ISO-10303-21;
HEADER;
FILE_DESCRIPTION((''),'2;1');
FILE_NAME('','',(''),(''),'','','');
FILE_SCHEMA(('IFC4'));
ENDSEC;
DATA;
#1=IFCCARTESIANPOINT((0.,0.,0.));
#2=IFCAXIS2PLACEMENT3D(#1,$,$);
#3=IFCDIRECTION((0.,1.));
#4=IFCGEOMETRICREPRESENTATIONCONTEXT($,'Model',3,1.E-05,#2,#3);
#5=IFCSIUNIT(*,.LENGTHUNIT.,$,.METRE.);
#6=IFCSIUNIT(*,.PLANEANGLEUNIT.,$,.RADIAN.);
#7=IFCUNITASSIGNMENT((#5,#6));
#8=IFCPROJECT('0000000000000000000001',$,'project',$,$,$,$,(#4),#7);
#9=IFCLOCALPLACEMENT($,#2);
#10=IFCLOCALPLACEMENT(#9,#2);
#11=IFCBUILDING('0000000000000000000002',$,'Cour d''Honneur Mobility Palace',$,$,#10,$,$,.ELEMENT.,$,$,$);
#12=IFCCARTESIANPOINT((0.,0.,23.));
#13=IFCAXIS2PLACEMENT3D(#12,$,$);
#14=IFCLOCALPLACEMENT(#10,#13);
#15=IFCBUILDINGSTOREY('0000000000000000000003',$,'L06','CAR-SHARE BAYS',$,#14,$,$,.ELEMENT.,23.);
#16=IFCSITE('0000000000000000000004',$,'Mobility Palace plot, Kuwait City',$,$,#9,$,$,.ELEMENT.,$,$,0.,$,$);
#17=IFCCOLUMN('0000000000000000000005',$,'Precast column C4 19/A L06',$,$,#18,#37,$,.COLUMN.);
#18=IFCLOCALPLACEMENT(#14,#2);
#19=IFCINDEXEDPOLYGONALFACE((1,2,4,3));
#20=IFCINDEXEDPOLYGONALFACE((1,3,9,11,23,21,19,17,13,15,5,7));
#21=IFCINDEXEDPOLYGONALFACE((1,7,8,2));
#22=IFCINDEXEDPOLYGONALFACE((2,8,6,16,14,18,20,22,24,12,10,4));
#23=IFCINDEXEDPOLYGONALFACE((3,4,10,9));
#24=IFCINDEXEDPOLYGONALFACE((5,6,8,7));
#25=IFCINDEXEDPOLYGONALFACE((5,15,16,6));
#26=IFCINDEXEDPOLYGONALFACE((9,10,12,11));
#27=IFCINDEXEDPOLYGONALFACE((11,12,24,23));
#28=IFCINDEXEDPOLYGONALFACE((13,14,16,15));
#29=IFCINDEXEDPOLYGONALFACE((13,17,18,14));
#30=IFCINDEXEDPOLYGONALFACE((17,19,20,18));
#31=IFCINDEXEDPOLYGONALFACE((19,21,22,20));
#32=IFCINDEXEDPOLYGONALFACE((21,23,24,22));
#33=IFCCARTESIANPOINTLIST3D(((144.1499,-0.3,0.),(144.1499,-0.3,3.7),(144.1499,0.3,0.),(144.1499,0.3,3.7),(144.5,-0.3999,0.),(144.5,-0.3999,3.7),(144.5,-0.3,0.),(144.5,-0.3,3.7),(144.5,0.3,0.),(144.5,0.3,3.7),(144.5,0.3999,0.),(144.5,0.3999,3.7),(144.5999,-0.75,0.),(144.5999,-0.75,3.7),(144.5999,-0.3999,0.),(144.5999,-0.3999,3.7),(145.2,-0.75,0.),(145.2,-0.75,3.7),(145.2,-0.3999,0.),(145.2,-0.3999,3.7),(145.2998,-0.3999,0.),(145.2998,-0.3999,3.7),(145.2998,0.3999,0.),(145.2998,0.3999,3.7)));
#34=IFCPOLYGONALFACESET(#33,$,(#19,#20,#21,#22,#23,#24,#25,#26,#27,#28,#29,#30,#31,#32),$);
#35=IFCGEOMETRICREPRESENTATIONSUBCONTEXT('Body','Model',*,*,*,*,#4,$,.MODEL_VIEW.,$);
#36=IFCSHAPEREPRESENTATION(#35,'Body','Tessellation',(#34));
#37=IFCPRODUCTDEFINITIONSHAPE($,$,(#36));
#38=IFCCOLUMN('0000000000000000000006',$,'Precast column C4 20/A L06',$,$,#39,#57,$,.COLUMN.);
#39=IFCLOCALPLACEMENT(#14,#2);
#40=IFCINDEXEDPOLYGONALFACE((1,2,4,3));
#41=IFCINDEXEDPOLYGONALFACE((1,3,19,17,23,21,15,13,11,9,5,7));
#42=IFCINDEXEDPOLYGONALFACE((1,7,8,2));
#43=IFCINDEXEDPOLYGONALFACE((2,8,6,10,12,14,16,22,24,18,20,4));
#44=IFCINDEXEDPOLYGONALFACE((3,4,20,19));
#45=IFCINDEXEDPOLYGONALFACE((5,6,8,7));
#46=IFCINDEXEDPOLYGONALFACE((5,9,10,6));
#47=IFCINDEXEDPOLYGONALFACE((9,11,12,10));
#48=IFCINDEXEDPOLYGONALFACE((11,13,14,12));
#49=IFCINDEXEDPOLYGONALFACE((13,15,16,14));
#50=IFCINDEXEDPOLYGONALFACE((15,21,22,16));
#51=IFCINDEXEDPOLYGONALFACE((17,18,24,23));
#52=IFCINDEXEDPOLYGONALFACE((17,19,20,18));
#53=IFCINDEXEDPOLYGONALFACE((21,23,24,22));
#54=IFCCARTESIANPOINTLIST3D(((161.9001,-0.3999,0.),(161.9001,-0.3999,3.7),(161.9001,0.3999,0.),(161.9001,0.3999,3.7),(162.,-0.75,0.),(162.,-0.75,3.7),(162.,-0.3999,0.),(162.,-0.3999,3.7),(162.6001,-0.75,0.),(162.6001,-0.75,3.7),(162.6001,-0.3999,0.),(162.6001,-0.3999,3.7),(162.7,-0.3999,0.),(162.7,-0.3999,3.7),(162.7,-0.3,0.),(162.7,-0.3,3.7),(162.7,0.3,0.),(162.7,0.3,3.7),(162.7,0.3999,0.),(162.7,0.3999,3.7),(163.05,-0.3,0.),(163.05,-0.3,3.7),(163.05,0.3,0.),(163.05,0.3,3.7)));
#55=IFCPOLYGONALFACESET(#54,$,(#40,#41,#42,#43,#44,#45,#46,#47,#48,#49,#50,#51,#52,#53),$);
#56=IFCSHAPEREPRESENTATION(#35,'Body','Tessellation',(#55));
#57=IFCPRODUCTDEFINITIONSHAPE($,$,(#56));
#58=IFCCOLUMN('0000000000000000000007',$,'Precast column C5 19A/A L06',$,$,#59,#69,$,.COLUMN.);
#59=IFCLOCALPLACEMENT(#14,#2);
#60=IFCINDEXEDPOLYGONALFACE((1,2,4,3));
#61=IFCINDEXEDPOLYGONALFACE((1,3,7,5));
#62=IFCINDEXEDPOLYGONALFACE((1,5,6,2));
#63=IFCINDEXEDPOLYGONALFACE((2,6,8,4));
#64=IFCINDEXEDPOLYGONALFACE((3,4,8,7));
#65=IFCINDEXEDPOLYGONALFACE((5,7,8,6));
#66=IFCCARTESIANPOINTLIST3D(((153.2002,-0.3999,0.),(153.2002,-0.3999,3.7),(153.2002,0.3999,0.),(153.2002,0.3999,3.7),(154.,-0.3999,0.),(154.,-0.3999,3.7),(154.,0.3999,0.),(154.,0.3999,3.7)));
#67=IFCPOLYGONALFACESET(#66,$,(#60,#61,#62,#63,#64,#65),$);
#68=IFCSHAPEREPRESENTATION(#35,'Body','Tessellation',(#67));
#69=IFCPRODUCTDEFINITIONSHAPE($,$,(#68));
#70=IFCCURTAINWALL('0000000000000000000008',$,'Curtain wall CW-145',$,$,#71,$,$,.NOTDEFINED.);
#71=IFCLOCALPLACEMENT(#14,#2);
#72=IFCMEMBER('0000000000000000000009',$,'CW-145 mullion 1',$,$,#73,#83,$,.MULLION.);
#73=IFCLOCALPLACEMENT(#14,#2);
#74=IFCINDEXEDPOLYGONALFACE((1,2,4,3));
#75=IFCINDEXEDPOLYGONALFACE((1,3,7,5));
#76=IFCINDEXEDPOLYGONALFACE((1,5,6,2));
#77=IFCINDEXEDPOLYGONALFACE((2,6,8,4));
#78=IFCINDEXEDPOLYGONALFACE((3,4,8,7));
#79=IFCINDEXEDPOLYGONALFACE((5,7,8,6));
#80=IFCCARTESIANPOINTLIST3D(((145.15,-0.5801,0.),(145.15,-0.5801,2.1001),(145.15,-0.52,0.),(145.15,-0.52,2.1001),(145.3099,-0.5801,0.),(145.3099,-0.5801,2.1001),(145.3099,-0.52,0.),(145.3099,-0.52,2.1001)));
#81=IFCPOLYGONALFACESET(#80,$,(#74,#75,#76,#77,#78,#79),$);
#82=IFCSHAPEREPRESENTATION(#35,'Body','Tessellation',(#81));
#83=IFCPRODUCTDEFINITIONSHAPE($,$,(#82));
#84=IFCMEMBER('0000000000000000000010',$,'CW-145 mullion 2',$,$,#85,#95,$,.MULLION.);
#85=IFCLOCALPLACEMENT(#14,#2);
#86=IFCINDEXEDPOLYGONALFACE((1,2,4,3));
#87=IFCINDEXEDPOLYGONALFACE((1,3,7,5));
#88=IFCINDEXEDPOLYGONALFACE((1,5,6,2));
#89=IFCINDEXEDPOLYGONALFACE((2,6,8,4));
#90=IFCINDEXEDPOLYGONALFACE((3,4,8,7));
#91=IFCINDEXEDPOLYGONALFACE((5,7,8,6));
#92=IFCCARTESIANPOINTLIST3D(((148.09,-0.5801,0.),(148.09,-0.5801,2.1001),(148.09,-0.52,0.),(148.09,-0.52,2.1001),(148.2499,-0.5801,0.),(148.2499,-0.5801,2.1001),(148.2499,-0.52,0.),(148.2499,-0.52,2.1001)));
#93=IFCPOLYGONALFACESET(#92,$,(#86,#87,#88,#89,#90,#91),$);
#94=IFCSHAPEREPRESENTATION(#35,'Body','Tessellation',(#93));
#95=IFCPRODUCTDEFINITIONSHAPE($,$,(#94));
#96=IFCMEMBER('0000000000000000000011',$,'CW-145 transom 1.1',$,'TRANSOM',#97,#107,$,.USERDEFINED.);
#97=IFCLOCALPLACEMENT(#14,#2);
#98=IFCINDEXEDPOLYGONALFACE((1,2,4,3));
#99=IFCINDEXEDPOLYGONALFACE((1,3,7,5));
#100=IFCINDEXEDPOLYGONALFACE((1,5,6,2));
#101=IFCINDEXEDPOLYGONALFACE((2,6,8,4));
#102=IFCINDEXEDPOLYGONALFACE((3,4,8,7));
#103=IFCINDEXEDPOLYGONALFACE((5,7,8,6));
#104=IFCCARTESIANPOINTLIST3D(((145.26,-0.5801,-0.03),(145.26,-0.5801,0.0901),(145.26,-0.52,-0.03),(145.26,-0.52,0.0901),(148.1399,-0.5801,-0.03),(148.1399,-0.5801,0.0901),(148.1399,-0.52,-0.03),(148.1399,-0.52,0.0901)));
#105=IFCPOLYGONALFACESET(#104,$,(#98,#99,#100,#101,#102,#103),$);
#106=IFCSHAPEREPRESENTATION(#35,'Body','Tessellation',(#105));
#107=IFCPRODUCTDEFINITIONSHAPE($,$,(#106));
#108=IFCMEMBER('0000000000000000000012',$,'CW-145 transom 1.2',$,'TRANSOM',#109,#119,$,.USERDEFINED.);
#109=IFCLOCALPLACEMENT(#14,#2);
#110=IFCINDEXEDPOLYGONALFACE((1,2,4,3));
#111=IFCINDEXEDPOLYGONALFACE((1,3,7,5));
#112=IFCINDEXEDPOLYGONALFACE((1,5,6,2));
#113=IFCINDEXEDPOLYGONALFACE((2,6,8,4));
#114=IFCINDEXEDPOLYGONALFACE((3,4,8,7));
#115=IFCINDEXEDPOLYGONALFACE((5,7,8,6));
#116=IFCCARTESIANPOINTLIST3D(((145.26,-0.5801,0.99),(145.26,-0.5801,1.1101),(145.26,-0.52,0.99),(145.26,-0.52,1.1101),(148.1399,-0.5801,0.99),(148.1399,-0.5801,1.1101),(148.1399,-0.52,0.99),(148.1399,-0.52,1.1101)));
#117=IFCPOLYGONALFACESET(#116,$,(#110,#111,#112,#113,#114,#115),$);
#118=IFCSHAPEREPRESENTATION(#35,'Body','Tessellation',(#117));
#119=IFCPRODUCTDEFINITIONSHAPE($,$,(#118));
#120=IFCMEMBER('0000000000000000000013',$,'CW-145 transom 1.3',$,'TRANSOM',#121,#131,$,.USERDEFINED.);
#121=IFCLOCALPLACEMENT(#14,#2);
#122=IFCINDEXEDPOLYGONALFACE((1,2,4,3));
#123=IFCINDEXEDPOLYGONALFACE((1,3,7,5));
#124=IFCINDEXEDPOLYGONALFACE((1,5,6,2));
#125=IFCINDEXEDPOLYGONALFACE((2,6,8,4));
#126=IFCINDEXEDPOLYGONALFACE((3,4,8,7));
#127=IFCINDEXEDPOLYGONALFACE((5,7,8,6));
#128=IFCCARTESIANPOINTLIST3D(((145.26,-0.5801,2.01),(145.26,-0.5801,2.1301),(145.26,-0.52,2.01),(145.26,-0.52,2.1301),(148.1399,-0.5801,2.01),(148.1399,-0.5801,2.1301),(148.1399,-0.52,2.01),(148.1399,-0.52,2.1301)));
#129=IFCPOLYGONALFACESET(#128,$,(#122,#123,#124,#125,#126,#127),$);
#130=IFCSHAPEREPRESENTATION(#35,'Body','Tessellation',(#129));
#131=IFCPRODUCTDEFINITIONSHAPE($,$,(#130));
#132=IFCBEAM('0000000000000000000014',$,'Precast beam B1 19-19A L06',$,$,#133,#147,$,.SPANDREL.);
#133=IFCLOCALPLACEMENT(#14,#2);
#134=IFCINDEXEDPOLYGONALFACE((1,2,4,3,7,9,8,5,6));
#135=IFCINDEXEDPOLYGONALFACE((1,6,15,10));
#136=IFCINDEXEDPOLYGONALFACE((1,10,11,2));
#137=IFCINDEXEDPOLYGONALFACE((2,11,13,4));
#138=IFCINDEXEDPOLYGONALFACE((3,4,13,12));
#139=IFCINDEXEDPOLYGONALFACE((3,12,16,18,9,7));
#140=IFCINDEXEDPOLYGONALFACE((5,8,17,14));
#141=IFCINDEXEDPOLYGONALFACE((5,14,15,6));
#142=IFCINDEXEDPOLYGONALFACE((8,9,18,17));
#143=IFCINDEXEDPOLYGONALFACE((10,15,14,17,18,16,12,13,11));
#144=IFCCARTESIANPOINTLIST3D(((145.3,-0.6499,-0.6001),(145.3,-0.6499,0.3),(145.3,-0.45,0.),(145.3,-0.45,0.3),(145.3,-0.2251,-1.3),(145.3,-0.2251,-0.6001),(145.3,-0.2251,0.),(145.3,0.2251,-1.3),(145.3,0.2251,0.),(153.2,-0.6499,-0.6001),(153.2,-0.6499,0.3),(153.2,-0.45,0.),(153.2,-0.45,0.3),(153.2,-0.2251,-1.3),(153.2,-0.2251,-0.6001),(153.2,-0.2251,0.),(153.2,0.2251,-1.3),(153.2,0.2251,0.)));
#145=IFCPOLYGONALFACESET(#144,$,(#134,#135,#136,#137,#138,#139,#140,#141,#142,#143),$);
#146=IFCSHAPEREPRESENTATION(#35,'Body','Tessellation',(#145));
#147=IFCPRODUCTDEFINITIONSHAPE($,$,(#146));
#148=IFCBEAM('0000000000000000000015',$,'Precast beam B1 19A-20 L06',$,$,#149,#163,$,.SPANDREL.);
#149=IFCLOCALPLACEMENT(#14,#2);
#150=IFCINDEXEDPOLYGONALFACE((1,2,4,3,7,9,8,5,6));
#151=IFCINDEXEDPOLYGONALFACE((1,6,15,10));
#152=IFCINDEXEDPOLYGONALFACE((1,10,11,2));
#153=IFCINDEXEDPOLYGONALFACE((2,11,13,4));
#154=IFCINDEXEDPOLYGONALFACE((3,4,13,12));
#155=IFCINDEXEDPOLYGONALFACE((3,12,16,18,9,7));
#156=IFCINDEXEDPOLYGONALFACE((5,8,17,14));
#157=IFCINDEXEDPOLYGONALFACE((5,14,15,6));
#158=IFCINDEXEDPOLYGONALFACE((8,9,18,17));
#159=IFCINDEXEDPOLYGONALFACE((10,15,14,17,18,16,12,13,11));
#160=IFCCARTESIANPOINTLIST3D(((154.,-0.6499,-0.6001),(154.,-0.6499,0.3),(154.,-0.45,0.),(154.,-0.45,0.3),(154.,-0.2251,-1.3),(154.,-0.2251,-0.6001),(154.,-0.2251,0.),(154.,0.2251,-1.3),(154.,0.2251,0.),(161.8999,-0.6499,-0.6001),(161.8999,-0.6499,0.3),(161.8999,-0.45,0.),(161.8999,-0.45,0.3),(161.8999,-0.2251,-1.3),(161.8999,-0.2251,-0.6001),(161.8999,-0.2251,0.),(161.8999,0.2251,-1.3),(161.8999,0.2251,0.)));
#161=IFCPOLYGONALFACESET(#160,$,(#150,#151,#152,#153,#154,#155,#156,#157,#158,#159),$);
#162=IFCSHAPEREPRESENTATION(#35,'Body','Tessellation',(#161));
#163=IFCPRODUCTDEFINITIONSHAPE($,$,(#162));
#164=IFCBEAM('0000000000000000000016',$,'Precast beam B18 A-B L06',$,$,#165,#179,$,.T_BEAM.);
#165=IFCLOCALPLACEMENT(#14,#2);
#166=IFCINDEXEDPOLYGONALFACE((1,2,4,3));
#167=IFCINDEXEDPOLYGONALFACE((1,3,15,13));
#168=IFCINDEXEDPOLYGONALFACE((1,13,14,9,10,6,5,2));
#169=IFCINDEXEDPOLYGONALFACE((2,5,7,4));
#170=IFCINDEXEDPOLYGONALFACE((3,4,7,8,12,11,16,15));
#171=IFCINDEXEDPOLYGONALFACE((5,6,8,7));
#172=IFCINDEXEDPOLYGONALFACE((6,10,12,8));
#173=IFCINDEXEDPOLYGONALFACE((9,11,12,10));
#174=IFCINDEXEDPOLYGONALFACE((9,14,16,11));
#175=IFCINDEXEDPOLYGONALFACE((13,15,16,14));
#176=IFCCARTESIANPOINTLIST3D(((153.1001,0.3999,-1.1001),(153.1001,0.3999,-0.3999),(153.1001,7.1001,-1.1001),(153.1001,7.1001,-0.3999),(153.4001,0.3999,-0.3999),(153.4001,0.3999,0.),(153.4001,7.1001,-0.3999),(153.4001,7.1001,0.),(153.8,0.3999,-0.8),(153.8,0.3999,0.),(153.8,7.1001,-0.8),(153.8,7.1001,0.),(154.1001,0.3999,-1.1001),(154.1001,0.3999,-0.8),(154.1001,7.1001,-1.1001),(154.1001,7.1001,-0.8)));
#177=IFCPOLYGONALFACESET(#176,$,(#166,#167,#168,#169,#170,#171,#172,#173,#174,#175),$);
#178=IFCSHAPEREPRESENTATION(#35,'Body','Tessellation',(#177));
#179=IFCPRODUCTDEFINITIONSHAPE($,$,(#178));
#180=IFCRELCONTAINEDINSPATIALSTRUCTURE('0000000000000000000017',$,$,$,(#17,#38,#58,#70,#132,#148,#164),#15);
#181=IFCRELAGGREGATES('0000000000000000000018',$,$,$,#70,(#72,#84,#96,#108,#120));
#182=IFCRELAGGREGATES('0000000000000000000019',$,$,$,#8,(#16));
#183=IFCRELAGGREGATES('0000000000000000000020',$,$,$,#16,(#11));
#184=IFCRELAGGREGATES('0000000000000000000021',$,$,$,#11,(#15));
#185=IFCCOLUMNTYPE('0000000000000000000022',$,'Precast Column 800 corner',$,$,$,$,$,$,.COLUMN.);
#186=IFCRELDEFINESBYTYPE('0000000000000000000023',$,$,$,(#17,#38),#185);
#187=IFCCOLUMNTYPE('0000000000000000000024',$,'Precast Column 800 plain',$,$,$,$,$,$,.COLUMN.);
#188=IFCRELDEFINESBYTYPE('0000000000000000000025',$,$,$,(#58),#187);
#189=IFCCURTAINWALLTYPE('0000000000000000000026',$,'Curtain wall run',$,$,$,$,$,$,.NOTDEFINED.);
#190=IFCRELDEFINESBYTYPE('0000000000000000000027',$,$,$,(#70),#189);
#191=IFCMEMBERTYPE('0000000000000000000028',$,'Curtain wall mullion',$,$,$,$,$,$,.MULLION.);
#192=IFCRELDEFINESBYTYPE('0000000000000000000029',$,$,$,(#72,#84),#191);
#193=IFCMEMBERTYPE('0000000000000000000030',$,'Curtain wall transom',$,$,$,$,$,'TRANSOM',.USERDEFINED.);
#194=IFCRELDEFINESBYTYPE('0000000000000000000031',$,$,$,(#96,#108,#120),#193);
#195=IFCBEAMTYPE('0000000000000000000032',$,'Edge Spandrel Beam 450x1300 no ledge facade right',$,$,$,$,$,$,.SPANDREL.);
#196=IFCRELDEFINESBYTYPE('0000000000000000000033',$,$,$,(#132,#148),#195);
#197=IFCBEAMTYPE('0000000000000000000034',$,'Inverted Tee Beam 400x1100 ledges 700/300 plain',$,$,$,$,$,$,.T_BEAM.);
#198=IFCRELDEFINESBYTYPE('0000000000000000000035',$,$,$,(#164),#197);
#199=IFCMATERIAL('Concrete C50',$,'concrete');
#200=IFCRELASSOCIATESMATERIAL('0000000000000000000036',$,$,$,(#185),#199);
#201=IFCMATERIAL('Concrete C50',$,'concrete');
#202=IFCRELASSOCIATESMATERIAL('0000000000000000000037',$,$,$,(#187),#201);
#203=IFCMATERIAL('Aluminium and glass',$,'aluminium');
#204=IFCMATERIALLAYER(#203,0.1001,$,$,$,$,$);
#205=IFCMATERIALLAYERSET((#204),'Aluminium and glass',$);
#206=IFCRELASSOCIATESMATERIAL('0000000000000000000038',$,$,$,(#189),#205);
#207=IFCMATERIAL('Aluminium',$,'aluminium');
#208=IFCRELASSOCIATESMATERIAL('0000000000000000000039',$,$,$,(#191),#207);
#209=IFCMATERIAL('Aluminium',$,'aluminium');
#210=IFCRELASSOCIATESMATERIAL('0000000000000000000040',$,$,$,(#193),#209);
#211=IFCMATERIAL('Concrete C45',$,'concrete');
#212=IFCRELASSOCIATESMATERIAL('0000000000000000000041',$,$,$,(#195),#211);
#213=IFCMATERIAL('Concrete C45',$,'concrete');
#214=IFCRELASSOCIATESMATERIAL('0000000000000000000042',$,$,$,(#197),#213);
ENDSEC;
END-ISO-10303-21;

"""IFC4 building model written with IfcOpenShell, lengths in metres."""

from ifc_helpers import new_model, si_unit, direction, frame, origin, origin_2d, place, context, subcontext, project, spatial, polyline, rectangle, outline, extrude, material, layer, layer_set, material_profile, profile_set, type_object, element, aggregate, save


model = new_model("IFC4")

# Units and contexts
model_context = context("Model", 3, precision=1e-05, world=origin(), true_north=direction((0.0, 1.0)))
body_context = subcontext(model_context, "Body", "Model", "MODEL_VIEW")
ifc_project = project(units=[si_unit("LENGTHUNIT", "METRE"), si_unit("PLANEANGLEUNIT", "RADIAN")], contexts=[model_context])

# Site, building, storey
site_placement = place(None, origin())
site = spatial("IfcSite", under=ifc_project, at=site_placement, Name="Mobility Palace plot, Kuwait City", CompositionType="ELEMENT", RefElevation=0.0)
building_placement = place(site_placement, origin())
building = spatial("IfcBuilding", under=site, at=building_placement, Name="Cour d'Honneur Mobility Palace", CompositionType="ELEMENT")
storey_placement = place(building_placement, frame((0.0, 0.0, 23.0)))
storey = spatial("IfcBuildingStorey", under=building, at=storey_placement, Name="L06", Description="CAR-SHARE BAYS", CompositionType="ELEMENT", Elevation=23.0)

# Columns
ifc_material_1 = material(Name="Concrete C50", Category="concrete")
ifc_material_profile_1 = material_profile(ifc_material_1, outline(polyline([(-0.3999, -0.3999), (0.3999, -0.3999), (0.3999, -0.3), (0.75, -0.3), (0.75, 0.3), (0.3999, 0.3), (0.3999, 0.3999), (0.3, 0.3999), (0.3, 0.75), (-0.3, 0.75), (-0.3, 0.3999), (-0.3999, 0.3999), (-0.3999, -0.3999)])), Name="PC C800 corner")
ifc_profile_set_1 = profile_set([ifc_material_profile_1], Name="Concrete C50")
column_type_1 = type_object("IfcColumnType", Name="Precast Column 800 corner", PredefinedType="COLUMN", material=ifc_profile_set_1)
for number, where, z_axis, x_axis, name in (
    (1, (144.8999, 0.0, 0.0), (0.0, 0.0, 1.0), (-1.0, 0.0, 0.0), "Precast column C4 19/A L06"),
    (2, (162.3, 0.0, 0.0), (0.0, 0.0, 1.0), (0.0, -1.0, 0.0), "Precast column C4 20/A L06"),
):
    element("IfcColumn", number, at=place(storey_placement, frame(where, z_axis=z_axis, x_axis=x_axis)), inside=storey, type_object=column_type_1, Name=name, PredefinedType="COLUMN", context=body_context, shape_type="SweptSolid", body=[
        extrude(outline(polyline([(-0.3999, -0.3999), (0.3999, -0.3999), (0.3999, -0.3), (0.75, -0.3), (0.75, 0.3), (0.3999, 0.3), (0.3999, 0.3999), (0.3, 0.3999), (0.3, 0.75), (-0.3, 0.75), (-0.3, 0.3999), (-0.3999, 0.3999), (-0.3999, -0.3999)])), origin(), (0.0, 0.0, 1.0), 3.7),
    ])
ifc_material_2 = material(Name="Concrete C50", Category="concrete")
ifc_material_profile_2 = material_profile(ifc_material_2, outline(polyline([(-0.3999, -0.3999), (0.3999, -0.3999), (0.3999, 0.3999), (-0.3999, 0.3999), (-0.3999, -0.3999)])), Name="PC C800 plain")
ifc_profile_set_2 = profile_set([ifc_material_profile_2], Name="Concrete C50")
column_type_2 = type_object("IfcColumnType", Name="Precast Column 800 plain", PredefinedType="COLUMN", material=ifc_profile_set_2)
column_placement = place(storey_placement, frame((153.6001, 0.0, 0.0), z_axis=(0.0, 0.0, 1.0), x_axis=(1.0, 0.0, 0.0)))
element("IfcColumn", 3, at=column_placement, inside=storey, type_object=column_type_2, Name="Precast column C5 19A/A L06", PredefinedType="COLUMN", context=body_context, shape_type="SweptSolid", body=[
    extrude(outline(polyline([(-0.3999, -0.3999), (0.3999, -0.3999), (0.3999, 0.3999), (-0.3999, 0.3999), (-0.3999, -0.3999)])), origin(), (0.0, 0.0, 1.0), 3.7),
])

# Curtain wall, members
ifc_material_3 = material(Name="Aluminium and glass", Category="aluminium")
ifc_layer_1 = layer(ifc_material_3, 0.1001)
ifc_layer_set_1 = layer_set([ifc_layer_1], Name="Aluminium and glass")
curtain_wall_type = type_object("IfcCurtainWallType", Name="Curtain wall run", PredefinedType="NOTDEFINED", material=ifc_layer_set_1)
curtain_wall_placement = place(storey_placement, origin())
curtain_wall = element("IfcCurtainWall", 4, at=curtain_wall_placement, inside=storey, type_object=curtain_wall_type, Name="Curtain wall CW-145", PredefinedType="NOTDEFINED")
ifc_material_4 = material(Name="Aluminium", Category="aluminium")
ifc_material_profile_3 = material_profile(ifc_material_4, rectangle(XDim=0.0601, YDim=0.1599, at=origin_2d()), Name="Curtain wall mullion")
ifc_profile_set_3 = profile_set([ifc_material_profile_3], Name="Aluminium")
member_type_1 = type_object("IfcMemberType", Name="Curtain wall mullion", PredefinedType="MULLION", material=ifc_profile_set_3)
member_1_placement = place(storey_placement, frame((145.23, -0.55, 0.0), z_axis=(0.0, 0.0, 1.0), x_axis=(0.0, 1.0, 0.0)))
member_1 = element("IfcMember", 5, at=member_1_placement, type_object=member_type_1, Name="CW-145 mullion 1", PredefinedType="MULLION", context=body_context, shape_type="SweptSolid", body=[
    extrude(rectangle(XDim=0.0601, YDim=0.1599, at=origin_2d()), origin(), (0.0, 0.0, 1.0), 2.1001),
])
member_2_placement = place(storey_placement, frame((148.1699, -0.55, 0.0), z_axis=(0.0, 0.0, 1.0), x_axis=(0.0, 1.0, 0.0)))
member_2 = element("IfcMember", 6, at=member_2_placement, type_object=member_type_1, Name="CW-145 mullion 2", PredefinedType="MULLION", context=body_context, shape_type="SweptSolid", body=[
    extrude(rectangle(XDim=0.0601, YDim=0.1599, at=origin_2d()), origin(), (0.0, 0.0, 1.0), 2.1001),
])
ifc_material_5 = material(Name="Aluminium", Category="aluminium")
ifc_material_profile_4 = material_profile(ifc_material_5, rectangle(XDim=0.0601, YDim=0.1201, at=origin_2d()), Name="Curtain wall transom")
ifc_profile_set_4 = profile_set([ifc_material_profile_4], Name="Aluminium")
member_type_2 = type_object("IfcMemberType", Name="Curtain wall transom", ElementType="TRANSOM", PredefinedType="USERDEFINED", material=ifc_profile_set_4)
member_3_placement = place(storey_placement, frame((145.26, -0.55, 0.03), z_axis=(1.0, 0.0, 0.0), x_axis=(0.0, 1.0, 0.0)))
member_3 = element("IfcMember", 7, at=member_3_placement, type_object=member_type_2, Name="CW-145 transom 1.1", ObjectType="TRANSOM", PredefinedType="USERDEFINED", context=body_context, shape_type="SweptSolid", body=[
    extrude(rectangle(XDim=0.0601, YDim=0.1201, at=origin_2d()), origin(), (0.0, 0.0, 1.0), 2.8799),
])
member_4_placement = place(storey_placement, frame((145.26, -0.55, 1.05), z_axis=(1.0, 0.0, 0.0), x_axis=(0.0, 1.0, 0.0)))
member_4 = element("IfcMember", 8, at=member_4_placement, type_object=member_type_2, Name="CW-145 transom 1.2", ObjectType="TRANSOM", PredefinedType="USERDEFINED", context=body_context, shape_type="SweptSolid", body=[
    extrude(rectangle(XDim=0.0601, YDim=0.1201, at=origin_2d()), origin(), (0.0, 0.0, 1.0), 2.8799),
])
member_5_placement = place(storey_placement, frame((145.26, -0.55, 2.0701), z_axis=(1.0, 0.0, 0.0), x_axis=(0.0, 1.0, 0.0)))
member_5 = element("IfcMember", 9, at=member_5_placement, type_object=member_type_2, Name="CW-145 transom 1.3", ObjectType="TRANSOM", PredefinedType="USERDEFINED", context=body_context, shape_type="SweptSolid", body=[
    extrude(rectangle(XDim=0.0601, YDim=0.1201, at=origin_2d()), origin(), (0.0, 0.0, 1.0), 2.8799),
])

# Beams
ifc_material_6 = material(Name="Concrete C45", Category="concrete")
ifc_material_profile_5 = material_profile(ifc_material_6, outline(polyline([(0.2251, -1.3), (0.2251, 0.0), (-0.2251, 0.0), (-0.45, 0.0), (-0.45, 0.3), (-0.6499, 0.3), (-0.6499, -0.6001), (-0.2251, -0.6001), (-0.2251, -1.3), (0.2251, -1.3)])), Name="Edge Spandrel Beam 450x1300 no ledge facade right")
ifc_profile_set_5 = profile_set([ifc_material_profile_5], Name="Concrete C45")
beam_type_1 = type_object("IfcBeamType", Name="Edge Spandrel Beam 450x1300 no ledge facade right", PredefinedType="SPANDREL", material=ifc_profile_set_5)
for number, where, z_axis, x_axis, name in (
    (10, (145.3, 0.0, 0.0), (1.0, 0.0, 0.0), (0.0, 1.0, 0.0), "Precast beam B1 19-19A L06"),
    (11, (154.0, 0.0, 0.0), (1.0, 0.0, 0.0), (0.0, 1.0, 0.0), "Precast beam B1 19A-20 L06"),
):
    element("IfcBeam", number, at=place(storey_placement, frame(where, z_axis=z_axis, x_axis=x_axis)), inside=storey, type_object=beam_type_1, Name=name, PredefinedType="SPANDREL", context=body_context, shape_type="SweptSolid", body=[
        extrude(outline(polyline([(0.2251, -1.3), (0.2251, 0.0), (-0.2251, 0.0), (-0.45, 0.0), (-0.45, 0.3), (-0.6499, 0.3), (-0.6499, -0.6001), (-0.2251, -0.6001), (-0.2251, -1.3), (0.2251, -1.3)])), origin(), (0.0, 0.0, 1.0), 7.8999),
    ])
ifc_material_7 = material(Name="Concrete C45", Category="concrete")
ifc_material_profile_6 = material_profile(ifc_material_7, outline(polyline([(0.5, -1.1001), (0.5, -0.3999), (0.2, -0.3999), (0.2, 0.0), (-0.2, 0.0), (-0.2, -0.8), (-0.5, -0.8), (-0.5, -1.1001), (0.5, -1.1001)])), Name="Inverted Tee Beam 400x1100 ledges 700/300 plain")
ifc_profile_set_6 = profile_set([ifc_material_profile_6], Name="Concrete C45")
beam_type_2 = type_object("IfcBeamType", Name="Inverted Tee Beam 400x1100 ledges 700/300 plain", PredefinedType="T_BEAM", material=ifc_profile_set_6)
beam_1_placement = place(storey_placement, frame((153.6001, 0.3999, 0.0), z_axis=(0.0, 1.0, 0.0), x_axis=(-1.0, 0.0, 0.0)))
element("IfcBeam", 12, at=beam_1_placement, inside=storey, type_object=beam_type_2, Name="Precast beam B18 A-B L06", PredefinedType="T_BEAM", context=body_context, shape_type="SweptSolid", body=[
    extrude(outline(polyline([(0.5, -1.1001), (0.5, -0.3999), (0.2, -0.3999), (0.2, 0.0), (-0.2, 0.0), (-0.2, -0.8), (-0.5, -0.8), (-0.5, -1.1001), (0.5, -1.1001)])), origin(), (0.0, 0.0, 1.0), 6.7002),
])

aggregate(curtain_wall, [member_1, member_2, member_3, member_4, member_5])

save(model, "model.ifc")
